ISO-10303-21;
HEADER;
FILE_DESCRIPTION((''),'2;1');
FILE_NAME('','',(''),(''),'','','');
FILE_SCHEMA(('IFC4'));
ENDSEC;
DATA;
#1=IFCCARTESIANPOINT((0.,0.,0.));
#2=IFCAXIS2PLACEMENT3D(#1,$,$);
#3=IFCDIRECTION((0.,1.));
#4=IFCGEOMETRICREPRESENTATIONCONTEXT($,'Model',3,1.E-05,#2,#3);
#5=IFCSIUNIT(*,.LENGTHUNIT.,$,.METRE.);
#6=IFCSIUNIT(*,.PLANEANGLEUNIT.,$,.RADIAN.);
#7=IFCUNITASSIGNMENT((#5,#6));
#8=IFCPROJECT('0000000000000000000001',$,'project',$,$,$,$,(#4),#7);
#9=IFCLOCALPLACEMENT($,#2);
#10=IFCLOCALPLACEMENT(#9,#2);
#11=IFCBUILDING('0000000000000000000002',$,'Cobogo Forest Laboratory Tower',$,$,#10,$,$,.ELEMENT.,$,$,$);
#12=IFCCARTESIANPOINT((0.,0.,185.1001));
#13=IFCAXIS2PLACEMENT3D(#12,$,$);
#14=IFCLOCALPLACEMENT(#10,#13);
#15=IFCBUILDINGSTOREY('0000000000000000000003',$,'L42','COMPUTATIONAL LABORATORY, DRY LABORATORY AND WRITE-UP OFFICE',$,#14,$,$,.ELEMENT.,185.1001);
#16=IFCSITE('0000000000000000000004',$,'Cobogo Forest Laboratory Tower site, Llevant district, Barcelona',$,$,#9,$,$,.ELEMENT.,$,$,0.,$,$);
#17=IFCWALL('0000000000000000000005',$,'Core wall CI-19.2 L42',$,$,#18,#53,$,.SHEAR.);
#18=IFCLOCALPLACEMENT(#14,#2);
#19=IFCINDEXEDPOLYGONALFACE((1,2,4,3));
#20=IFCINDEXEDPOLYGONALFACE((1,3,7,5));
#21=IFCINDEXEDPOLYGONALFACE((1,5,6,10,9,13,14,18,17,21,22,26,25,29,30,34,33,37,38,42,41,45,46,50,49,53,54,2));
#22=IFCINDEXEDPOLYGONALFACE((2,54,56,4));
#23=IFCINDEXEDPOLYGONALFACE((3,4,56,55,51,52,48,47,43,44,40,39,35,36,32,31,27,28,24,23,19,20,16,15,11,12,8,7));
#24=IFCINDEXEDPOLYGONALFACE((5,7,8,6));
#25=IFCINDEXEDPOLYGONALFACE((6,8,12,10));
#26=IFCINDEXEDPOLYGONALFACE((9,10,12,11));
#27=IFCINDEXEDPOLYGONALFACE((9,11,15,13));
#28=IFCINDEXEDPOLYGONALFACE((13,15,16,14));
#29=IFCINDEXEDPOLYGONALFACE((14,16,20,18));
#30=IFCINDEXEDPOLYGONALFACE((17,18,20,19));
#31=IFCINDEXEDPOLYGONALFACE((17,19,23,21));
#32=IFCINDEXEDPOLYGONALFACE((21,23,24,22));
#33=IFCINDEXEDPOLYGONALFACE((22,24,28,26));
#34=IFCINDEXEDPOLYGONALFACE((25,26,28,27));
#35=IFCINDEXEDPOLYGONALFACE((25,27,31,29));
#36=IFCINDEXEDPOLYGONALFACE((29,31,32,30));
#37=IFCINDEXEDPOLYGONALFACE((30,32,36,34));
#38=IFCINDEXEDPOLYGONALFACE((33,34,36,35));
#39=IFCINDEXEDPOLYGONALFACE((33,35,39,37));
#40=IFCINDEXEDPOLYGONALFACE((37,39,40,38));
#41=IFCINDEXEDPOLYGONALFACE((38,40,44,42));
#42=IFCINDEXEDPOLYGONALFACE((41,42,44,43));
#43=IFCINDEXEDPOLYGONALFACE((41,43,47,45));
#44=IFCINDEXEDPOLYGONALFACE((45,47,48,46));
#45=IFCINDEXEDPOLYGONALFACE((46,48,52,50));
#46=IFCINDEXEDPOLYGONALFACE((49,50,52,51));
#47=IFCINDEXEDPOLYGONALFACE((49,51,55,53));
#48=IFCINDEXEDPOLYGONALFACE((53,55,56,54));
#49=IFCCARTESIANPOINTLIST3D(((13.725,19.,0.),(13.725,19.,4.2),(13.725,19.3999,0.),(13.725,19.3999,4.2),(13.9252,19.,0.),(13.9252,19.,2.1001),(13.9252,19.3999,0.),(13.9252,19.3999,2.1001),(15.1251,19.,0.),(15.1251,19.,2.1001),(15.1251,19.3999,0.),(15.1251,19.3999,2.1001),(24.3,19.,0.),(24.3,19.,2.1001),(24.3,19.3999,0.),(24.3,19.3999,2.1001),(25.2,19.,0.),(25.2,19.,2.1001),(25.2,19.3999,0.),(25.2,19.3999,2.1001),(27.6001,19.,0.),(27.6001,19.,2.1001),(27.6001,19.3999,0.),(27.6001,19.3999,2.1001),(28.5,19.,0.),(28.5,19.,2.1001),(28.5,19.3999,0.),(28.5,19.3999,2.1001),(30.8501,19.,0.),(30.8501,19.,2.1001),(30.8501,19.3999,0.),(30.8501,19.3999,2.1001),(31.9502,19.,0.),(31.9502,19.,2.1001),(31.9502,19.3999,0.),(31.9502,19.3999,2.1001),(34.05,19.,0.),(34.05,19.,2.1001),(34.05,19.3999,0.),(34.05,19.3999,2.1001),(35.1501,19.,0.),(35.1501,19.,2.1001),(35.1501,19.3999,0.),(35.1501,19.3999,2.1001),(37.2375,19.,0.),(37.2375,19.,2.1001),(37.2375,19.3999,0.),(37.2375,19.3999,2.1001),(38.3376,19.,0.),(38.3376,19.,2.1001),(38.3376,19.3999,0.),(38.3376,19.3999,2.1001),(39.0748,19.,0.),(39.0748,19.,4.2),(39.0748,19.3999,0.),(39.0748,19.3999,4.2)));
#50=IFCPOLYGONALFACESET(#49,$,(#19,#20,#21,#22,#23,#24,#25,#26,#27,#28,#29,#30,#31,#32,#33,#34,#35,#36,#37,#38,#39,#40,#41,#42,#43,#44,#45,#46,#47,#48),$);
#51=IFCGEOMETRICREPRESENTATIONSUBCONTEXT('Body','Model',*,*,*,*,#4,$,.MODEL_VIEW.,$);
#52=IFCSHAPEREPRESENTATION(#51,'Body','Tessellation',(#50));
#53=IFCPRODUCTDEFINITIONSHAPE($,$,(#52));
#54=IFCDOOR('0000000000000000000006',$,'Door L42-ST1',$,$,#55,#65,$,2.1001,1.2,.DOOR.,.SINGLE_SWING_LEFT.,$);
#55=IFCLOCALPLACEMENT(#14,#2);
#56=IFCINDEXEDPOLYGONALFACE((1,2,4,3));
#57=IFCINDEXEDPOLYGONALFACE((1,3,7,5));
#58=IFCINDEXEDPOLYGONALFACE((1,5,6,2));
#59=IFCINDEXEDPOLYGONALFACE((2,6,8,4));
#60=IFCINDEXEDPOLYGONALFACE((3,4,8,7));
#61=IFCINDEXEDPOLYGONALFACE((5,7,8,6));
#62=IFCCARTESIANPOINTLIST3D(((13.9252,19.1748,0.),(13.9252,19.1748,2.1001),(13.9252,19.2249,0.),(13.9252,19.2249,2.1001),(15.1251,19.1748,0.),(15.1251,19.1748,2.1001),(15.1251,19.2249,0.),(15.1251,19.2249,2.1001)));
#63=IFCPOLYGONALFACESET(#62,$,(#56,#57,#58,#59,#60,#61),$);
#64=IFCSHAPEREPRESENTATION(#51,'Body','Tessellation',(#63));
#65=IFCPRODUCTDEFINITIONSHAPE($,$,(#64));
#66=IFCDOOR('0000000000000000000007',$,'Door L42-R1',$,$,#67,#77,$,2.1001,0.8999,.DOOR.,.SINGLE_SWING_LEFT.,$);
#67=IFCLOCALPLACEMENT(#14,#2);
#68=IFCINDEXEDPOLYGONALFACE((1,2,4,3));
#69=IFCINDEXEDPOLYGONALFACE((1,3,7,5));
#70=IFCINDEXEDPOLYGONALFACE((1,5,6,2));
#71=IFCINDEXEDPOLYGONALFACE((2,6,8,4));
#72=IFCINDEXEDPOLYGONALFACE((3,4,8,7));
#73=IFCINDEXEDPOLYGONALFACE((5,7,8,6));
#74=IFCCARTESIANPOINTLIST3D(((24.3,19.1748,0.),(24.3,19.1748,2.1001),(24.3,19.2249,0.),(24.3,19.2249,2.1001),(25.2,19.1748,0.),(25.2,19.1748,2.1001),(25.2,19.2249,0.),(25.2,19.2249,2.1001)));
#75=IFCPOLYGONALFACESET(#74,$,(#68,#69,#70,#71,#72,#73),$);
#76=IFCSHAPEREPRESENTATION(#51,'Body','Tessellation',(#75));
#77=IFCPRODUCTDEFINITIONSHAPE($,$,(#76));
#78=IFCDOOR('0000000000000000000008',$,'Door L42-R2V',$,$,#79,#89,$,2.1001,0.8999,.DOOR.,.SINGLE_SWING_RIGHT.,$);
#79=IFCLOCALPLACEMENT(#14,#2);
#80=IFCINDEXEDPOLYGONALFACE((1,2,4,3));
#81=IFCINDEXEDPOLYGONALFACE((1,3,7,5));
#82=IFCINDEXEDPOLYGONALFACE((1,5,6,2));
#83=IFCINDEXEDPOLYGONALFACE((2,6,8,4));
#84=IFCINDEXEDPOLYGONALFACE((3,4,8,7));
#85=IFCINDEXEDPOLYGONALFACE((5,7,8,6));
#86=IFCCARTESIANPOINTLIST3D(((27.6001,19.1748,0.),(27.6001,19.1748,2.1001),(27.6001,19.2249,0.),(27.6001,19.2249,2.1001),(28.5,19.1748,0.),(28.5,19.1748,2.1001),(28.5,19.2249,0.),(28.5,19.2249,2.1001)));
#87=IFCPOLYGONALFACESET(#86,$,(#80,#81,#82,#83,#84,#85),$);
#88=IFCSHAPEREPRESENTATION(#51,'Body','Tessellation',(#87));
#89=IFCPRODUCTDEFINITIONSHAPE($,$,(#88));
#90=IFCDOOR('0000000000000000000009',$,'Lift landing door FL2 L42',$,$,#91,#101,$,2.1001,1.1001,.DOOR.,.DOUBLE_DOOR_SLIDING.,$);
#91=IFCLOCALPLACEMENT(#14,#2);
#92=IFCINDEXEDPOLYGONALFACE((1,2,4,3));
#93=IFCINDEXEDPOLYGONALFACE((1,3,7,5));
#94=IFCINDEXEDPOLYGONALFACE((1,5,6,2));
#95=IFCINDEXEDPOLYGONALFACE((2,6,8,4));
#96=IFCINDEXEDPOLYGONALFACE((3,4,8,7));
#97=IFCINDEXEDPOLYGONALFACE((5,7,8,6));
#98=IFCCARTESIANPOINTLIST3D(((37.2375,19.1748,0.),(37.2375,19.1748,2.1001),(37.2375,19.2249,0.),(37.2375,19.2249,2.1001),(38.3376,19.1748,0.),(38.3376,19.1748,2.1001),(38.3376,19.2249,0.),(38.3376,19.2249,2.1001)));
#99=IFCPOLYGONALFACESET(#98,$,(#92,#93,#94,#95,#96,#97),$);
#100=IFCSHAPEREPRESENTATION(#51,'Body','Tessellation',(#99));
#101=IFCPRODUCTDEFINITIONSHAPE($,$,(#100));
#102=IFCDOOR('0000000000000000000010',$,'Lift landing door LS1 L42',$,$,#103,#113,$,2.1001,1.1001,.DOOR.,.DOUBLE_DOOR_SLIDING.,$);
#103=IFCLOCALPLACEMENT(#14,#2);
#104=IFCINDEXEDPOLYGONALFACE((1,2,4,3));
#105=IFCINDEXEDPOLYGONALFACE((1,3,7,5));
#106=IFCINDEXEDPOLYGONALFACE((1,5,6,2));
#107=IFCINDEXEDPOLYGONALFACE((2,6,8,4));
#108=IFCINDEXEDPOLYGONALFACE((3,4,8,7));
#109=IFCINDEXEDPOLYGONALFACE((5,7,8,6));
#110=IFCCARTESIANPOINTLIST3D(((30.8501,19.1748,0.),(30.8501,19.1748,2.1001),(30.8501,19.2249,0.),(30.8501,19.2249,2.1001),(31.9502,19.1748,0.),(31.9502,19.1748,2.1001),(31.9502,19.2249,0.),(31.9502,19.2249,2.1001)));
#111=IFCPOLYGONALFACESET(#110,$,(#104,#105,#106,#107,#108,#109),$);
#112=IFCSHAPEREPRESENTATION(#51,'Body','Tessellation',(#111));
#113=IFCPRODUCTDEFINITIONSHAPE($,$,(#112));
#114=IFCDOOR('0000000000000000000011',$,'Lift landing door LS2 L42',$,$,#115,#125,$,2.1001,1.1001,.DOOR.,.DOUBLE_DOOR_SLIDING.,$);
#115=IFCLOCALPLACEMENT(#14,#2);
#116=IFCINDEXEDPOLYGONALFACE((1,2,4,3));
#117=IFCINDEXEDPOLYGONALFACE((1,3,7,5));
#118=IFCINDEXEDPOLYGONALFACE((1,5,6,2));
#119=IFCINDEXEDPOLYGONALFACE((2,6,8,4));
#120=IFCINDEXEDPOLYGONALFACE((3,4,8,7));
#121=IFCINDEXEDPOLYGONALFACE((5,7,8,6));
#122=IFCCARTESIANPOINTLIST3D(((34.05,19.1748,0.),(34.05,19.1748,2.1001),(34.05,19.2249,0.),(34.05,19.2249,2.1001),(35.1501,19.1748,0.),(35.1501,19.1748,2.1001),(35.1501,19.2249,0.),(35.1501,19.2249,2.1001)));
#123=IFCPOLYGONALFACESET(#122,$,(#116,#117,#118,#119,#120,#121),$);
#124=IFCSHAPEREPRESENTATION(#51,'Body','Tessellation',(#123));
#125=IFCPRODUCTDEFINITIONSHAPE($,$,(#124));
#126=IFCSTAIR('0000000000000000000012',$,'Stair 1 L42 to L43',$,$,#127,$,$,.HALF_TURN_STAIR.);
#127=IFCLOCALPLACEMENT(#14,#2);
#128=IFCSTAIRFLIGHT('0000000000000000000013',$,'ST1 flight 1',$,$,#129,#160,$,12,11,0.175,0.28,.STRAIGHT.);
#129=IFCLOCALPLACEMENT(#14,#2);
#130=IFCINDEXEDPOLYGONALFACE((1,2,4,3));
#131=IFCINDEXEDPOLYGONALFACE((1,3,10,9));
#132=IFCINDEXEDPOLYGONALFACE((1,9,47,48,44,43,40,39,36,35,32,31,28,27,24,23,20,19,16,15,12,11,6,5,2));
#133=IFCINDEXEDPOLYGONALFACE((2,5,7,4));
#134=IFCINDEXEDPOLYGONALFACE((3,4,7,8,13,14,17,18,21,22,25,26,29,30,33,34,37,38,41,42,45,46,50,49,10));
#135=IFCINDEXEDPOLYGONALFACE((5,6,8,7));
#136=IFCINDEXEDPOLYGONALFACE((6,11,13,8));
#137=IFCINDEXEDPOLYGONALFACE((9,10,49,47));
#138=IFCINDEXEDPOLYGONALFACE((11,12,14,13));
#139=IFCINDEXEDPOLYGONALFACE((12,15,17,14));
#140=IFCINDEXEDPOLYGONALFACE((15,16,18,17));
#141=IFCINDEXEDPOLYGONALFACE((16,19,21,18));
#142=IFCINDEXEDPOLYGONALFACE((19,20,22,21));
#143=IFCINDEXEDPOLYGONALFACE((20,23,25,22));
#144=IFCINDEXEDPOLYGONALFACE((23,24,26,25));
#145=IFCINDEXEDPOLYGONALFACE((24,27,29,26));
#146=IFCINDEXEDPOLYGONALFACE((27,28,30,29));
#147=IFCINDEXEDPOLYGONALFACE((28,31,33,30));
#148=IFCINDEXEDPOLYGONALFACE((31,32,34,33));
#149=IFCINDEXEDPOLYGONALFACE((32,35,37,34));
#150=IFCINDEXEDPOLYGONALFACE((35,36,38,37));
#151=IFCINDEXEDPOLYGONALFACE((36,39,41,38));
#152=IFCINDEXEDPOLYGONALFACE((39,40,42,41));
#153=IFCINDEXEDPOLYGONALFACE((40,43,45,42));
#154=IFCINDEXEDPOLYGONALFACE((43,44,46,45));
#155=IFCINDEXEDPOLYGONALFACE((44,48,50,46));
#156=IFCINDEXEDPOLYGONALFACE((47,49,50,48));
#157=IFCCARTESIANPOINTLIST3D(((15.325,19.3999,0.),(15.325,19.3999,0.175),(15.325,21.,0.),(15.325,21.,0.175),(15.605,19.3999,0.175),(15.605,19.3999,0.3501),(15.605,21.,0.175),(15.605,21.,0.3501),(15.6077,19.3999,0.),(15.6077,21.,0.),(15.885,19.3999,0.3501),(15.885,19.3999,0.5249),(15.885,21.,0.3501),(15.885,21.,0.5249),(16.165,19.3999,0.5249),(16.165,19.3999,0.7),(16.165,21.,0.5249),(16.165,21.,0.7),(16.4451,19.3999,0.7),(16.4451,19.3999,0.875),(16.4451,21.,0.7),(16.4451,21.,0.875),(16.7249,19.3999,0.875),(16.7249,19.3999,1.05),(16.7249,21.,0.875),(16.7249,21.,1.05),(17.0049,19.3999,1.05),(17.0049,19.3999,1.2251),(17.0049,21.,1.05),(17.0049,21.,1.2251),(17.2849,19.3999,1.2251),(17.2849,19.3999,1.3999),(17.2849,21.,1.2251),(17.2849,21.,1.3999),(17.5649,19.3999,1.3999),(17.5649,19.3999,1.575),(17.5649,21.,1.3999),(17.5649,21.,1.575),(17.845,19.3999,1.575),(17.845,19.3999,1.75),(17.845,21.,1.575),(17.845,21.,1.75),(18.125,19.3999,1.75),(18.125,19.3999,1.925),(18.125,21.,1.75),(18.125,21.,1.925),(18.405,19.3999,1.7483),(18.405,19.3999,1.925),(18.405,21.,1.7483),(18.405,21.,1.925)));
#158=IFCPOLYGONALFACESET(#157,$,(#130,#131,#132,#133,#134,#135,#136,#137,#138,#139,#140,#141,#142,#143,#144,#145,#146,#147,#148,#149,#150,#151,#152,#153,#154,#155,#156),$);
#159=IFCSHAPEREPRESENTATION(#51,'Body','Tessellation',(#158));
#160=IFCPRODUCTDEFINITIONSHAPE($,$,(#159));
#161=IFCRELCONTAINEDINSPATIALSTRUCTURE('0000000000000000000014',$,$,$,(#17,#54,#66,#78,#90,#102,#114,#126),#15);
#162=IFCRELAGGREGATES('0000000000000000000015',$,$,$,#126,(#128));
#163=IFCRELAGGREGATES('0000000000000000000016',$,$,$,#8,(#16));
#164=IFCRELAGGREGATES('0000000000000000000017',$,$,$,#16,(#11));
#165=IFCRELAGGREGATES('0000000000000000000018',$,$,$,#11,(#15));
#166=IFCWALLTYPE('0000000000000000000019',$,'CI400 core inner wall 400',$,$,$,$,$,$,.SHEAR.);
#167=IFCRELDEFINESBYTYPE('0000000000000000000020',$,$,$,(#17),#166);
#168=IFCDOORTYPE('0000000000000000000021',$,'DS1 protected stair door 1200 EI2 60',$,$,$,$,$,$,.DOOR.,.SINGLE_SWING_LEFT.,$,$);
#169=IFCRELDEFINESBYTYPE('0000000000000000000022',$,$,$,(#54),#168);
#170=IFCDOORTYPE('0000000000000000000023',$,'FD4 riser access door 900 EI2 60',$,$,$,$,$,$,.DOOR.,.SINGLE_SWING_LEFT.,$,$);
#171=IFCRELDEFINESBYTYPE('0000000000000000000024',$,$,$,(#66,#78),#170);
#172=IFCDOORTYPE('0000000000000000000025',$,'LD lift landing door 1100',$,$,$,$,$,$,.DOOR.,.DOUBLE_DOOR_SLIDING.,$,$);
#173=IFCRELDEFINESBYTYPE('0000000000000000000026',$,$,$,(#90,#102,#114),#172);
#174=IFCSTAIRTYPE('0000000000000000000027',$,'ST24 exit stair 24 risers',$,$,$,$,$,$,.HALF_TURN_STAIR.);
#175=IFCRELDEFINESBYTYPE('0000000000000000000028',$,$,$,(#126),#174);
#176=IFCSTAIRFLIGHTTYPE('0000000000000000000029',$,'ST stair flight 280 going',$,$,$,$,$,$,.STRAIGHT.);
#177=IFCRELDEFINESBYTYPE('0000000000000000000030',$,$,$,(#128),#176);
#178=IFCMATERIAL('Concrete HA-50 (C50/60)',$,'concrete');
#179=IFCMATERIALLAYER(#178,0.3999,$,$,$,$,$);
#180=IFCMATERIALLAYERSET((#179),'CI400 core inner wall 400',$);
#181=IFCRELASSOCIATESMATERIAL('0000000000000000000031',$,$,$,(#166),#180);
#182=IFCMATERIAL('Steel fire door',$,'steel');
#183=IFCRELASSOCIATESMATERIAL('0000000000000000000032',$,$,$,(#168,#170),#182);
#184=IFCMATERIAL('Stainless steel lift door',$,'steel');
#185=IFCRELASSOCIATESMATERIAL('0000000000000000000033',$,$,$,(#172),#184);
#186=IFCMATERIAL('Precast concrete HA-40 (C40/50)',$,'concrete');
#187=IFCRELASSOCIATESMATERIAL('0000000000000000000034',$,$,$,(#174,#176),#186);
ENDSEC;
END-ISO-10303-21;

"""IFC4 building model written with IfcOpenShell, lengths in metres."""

from ifc_helpers import new_model, si_unit, direction, frame, frame_2d, origin, place, context, subcontext, project, spatial, polyline, rectangle, outline, extrude, material, layer, layer_set, type_object, element, fill, aggregate, save


model = new_model("IFC4")

# Units and contexts
model_context = context("Model", 3, precision=1e-05, world=origin(), true_north=direction((0.0, 1.0)))
body_context = subcontext(model_context, "Body", "Model", "MODEL_VIEW")
ifc_project = project(units=[si_unit("LENGTHUNIT", "METRE"), si_unit("PLANEANGLEUNIT", "RADIAN")], contexts=[model_context])

# Site, building, storey
site_placement = place(None, origin())
site = spatial("IfcSite", under=ifc_project, at=site_placement, Name="Cobogo Forest Laboratory Tower site, Llevant district, Barcelona", CompositionType="ELEMENT", RefElevation=0.0)
building_placement = place(site_placement, origin())
building = spatial("IfcBuilding", under=site, at=building_placement, Name="Cobogo Forest Laboratory Tower", CompositionType="ELEMENT")
storey_placement = place(building_placement, frame((0.0, 0.0, 185.1001)))
storey = spatial("IfcBuildingStorey", under=building, at=storey_placement, Name="L42", Description="COMPUTATIONAL LABORATORY, DRY LABORATORY AND WRITE-UP OFFICE", CompositionType="ELEMENT", Elevation=185.1001)

# Wall, openings, doors
ifc_material_1 = material(Name="Concrete HA-50 (C50/60)", Category="concrete")
ifc_layer = layer(ifc_material_1, 0.3999)
ifc_layer_set = layer_set([ifc_layer], Name="CI400 core inner wall 400")
wall_type = type_object("IfcWallType", Name="CI400 core inner wall 400", PredefinedType="SHEAR", material=ifc_layer_set)
ifc_material_2 = material(Name="Steel fire door", Category="steel")
wall_1_placement = place(storey_placement, frame((13.7251, 19.2, 0.0), z_axis=(0.0, 0.0, 1.0), x_axis=(1.0, 0.0, 0.0)))
wall_1 = element("IfcWall", 1, at=wall_1_placement, inside=storey, type_object=wall_type, Name="Core wall CI-19.2 L42", PredefinedType="SHEAR", context=body_context, shape_type="SweptSolid", body=[
    extrude(rectangle(XDim=25.3499, YDim=0.3999, at=frame_2d((12.6748, 0.0))), origin(), (0.0, 0.0, 1.0), 4.2),
])
opening_1_placement = place(wall_1_placement, frame((10.575, 0.0, 0.0)))
opening_1 = element("IfcOpeningElement", 2, at=opening_1_placement, cuts=wall_1, PredefinedType="OPENING", context=body_context, shape_type="SweptSolid", body=[
    extrude(rectangle(XDim=0.8999, YDim=2.1001, at=frame_2d((0.45, 1.05))), frame((0.0, 0.21, 0.0), z_axis=(0.0, -1.0, 0.0), x_axis=(1.0, 0.0, 0.0)), (0.0, 0.0, 1.0), 0.4199),
])
opening_2_placement = place(wall_1_placement, frame((13.875, 0.0, 0.0)))
opening_2 = element("IfcOpeningElement", 3, at=opening_2_placement, cuts=wall_1, PredefinedType="OPENING", context=body_context, shape_type="SweptSolid", body=[
    extrude(rectangle(XDim=0.8999, YDim=2.1001, at=frame_2d((0.45, 1.05))), frame((0.0, 0.21, 0.0), z_axis=(0.0, -1.0, 0.0), x_axis=(1.0, 0.0, 0.0)), (0.0, 0.0, 1.0), 0.4199),
])
opening_3_placement = place(wall_1_placement, frame((0.2, 0.0, 0.0)))
opening_3 = element("IfcOpeningElement", 4, at=opening_3_placement, cuts=wall_1, PredefinedType="OPENING", context=body_context, shape_type="SweptSolid", body=[
    extrude(rectangle(XDim=1.2, YDim=2.1001, at=frame_2d((0.6001, 1.05))), frame((0.0, 0.21, 0.0), z_axis=(0.0, -1.0, 0.0), x_axis=(1.0, 0.0, 0.0)), (0.0, 0.0, 1.0), 0.4199),
])
opening_4_placement = place(wall_1_placement, frame((23.5125, 0.0, 0.0)))
opening_4 = element("IfcOpeningElement", 5, at=opening_4_placement, cuts=wall_1, PredefinedType="OPENING", context=body_context, shape_type="SweptSolid", body=[
    extrude(rectangle(XDim=1.1001, YDim=2.1001, at=frame_2d((0.55, 1.05))), frame((0.0, 0.21, 0.0), z_axis=(0.0, -1.0, 0.0), x_axis=(1.0, 0.0, 0.0)), (0.0, 0.0, 1.0), 0.4199),
])
opening_5_placement = place(wall_1_placement, frame((17.125, 0.0, 0.0)))
opening_5 = element("IfcOpeningElement", 6, at=opening_5_placement, cuts=wall_1, PredefinedType="OPENING", context=body_context, shape_type="SweptSolid", body=[
    extrude(rectangle(XDim=1.1001, YDim=2.1001, at=frame_2d((0.55, 1.05))), frame((0.0, 0.21, 0.0), z_axis=(0.0, -1.0, 0.0), x_axis=(1.0, 0.0, 0.0)), (0.0, 0.0, 1.0), 0.4199),
])
opening_6_placement = place(wall_1_placement, frame((20.325, 0.0, 0.0)))
opening_6 = element("IfcOpeningElement", 7, at=opening_6_placement, cuts=wall_1, PredefinedType="OPENING", context=body_context, shape_type="SweptSolid", body=[
    extrude(rectangle(XDim=1.1001, YDim=2.1001, at=frame_2d((0.55, 1.05))), frame((0.0, 0.21, 0.0), z_axis=(0.0, -1.0, 0.0), x_axis=(1.0, 0.0, 0.0)), (0.0, 0.0, 1.0), 0.4199),
])
door_type_1 = type_object("IfcDoorType", Name="DS1 protected stair door 1200 EI2 60", OperationType="SINGLE_SWING_LEFT", PredefinedType="DOOR", material=ifc_material_2)
door_1_placement = place(opening_3_placement, origin())
door_1 = element("IfcDoor", 8, at=door_1_placement, inside=storey, type_object=door_type_1, Name="Door L42-ST1", OperationType="SINGLE_SWING_LEFT", OverallHeight=2.1001, OverallWidth=1.2, PredefinedType="DOOR", context=body_context, shape_type="SweptSolid", body=[
    extrude(rectangle(XDim=1.2, YDim=2.1001, at=frame_2d((0.6001, 1.05))), frame((0.0, 0.0249, 0.0), z_axis=(0.0, -1.0, 0.0), x_axis=(1.0, 0.0, 0.0)), (0.0, 0.0, 1.0), 0.05),
])
fill(opening_3, door_1)
door_type_2 = type_object("IfcDoorType", Name="FD4 riser access door 900 EI2 60", OperationType="SINGLE_SWING_LEFT", PredefinedType="DOOR", material=ifc_material_2)
door_2_placement = place(opening_1_placement, origin())
door_2 = element("IfcDoor", 9, at=door_2_placement, inside=storey, type_object=door_type_2, Name="Door L42-R1", OperationType="SINGLE_SWING_LEFT", OverallHeight=2.1001, OverallWidth=0.8999, PredefinedType="DOOR", context=body_context, shape_type="SweptSolid", body=[
    extrude(rectangle(XDim=0.8999, YDim=2.1001, at=frame_2d((0.45, 1.05))), frame((0.0, 0.0249, 0.0), z_axis=(0.0, -1.0, 0.0), x_axis=(1.0, 0.0, 0.0)), (0.0, 0.0, 1.0), 0.05),
])
fill(opening_1, door_2)
door_3_placement = place(opening_2_placement, origin())
door_3 = element("IfcDoor", 10, at=door_3_placement, inside=storey, type_object=door_type_2, Name="Door L42-R2V", OperationType="SINGLE_SWING_RIGHT", OverallHeight=2.1001, OverallWidth=0.8999, PredefinedType="DOOR", context=body_context, shape_type="SweptSolid", body=[
    extrude(rectangle(XDim=0.8999, YDim=2.1001, at=frame_2d((0.45, 1.05))), frame((0.0, 0.0249, 0.0), z_axis=(0.0, -1.0, 0.0), x_axis=(1.0, 0.0, 0.0)), (0.0, 0.0, 1.0), 0.05),
])
fill(opening_2, door_3)
ifc_material_3 = material(Name="Stainless steel lift door", Category="steel")
door_type_3 = type_object("IfcDoorType", Name="LD lift landing door 1100", OperationType="DOUBLE_DOOR_SLIDING", PredefinedType="DOOR", material=ifc_material_3)
door_4_placement = place(opening_4_placement, origin())
door_4 = element("IfcDoor", 11, at=door_4_placement, inside=storey, type_object=door_type_3, Name="Lift landing door FL2 L42", OperationType="DOUBLE_DOOR_SLIDING", OverallHeight=2.1001, OverallWidth=1.1001, PredefinedType="DOOR", context=body_context, shape_type="SweptSolid", body=[
    extrude(rectangle(XDim=1.1001, YDim=2.1001, at=frame_2d((0.55, 1.05))), frame((0.0, 0.0249, 0.0), z_axis=(0.0, -1.0, 0.0), x_axis=(1.0, 0.0, 0.0)), (0.0, 0.0, 1.0), 0.05),
])
fill(opening_4, door_4)
door_5_placement = place(opening_5_placement, origin())
door_5 = element("IfcDoor", 12, at=door_5_placement, inside=storey, type_object=door_type_3, Name="Lift landing door LS1 L42", OperationType="DOUBLE_DOOR_SLIDING", OverallHeight=2.1001, OverallWidth=1.1001, PredefinedType="DOOR", context=body_context, shape_type="SweptSolid", body=[
    extrude(rectangle(XDim=1.1001, YDim=2.1001, at=frame_2d((0.55, 1.05))), frame((0.0, 0.0249, 0.0), z_axis=(0.0, -1.0, 0.0), x_axis=(1.0, 0.0, 0.0)), (0.0, 0.0, 1.0), 0.05),
])
fill(opening_5, door_5)
door_6_placement = place(opening_6_placement, origin())
door_6 = element("IfcDoor", 13, at=door_6_placement, inside=storey, type_object=door_type_3, Name="Lift landing door LS2 L42", OperationType="DOUBLE_DOOR_SLIDING", OverallHeight=2.1001, OverallWidth=1.1001, PredefinedType="DOOR", context=body_context, shape_type="SweptSolid", body=[
    extrude(rectangle(XDim=1.1001, YDim=2.1001, at=frame_2d((0.55, 1.05))), frame((0.0, 0.0249, 0.0), z_axis=(0.0, -1.0, 0.0), x_axis=(1.0, 0.0, 0.0)), (0.0, 0.0, 1.0), 0.05),
])
fill(opening_6, door_6)

# Stair, stair flight
ifc_material_4 = material(Name="Precast concrete HA-40 (C40/50)", Category="concrete")
stair_type = type_object("IfcStairType", Name="ST24 exit stair 24 risers", PredefinedType="HALF_TURN_STAIR", material=ifc_material_4)
stair_placement = place(storey_placement, origin())
stair = element("IfcStair", 14, at=stair_placement, inside=storey, type_object=stair_type, Name="Stair 1 L42 to L43", PredefinedType="HALF_TURN_STAIR")
stair_flight_type = type_object("IfcStairFlightType", Name="ST stair flight 280 going", PredefinedType="STRAIGHT", material=ifc_material_4)
stair_flight_placement = place(storey_placement, frame((15.325, 20.2, 0.0), z_axis=(0.0, 0.0, 1.0), x_axis=(1.0, 0.0, 0.0)))
stair_flight = element("IfcStairFlight", 15, at=stair_flight_placement, type_object=stair_flight_type, Name="ST1 flight 1", NumberOfRisers=12, NumberOfTreads=11, PredefinedType="STRAIGHT", RiserHeight=0.175, TreadLength=0.28, context=body_context, shape_type="SweptSolid", body=[
    extrude(outline(polyline([(0.0, 0.0), (0.0, 0.175), (0.28, 0.175), (0.28, 0.3501), (0.5601, 0.3501), (0.5601, 0.5249), (0.8401, 0.5249), (0.8401, 0.7), (1.1201, 0.7), (1.1201, 0.875), (1.3999, 0.875), (1.3999, 1.05), (1.6799, 1.05), (1.6799, 1.2251), (1.96, 1.2251), (1.96, 1.3999), (2.24, 1.3999), (2.24, 1.575), (2.52, 1.575), (2.52, 1.75), (2.8, 1.75), (2.8, 1.925), (3.0801, 1.925), (3.0801, 2.1001), (3.0801, 1.7483), (0.2827, 0.0), (0.0, 0.0)])), frame((0.0, 0.8, 0.0), z_axis=(0.0, -1.0, 0.0), x_axis=(1.0, 0.0, 0.0)), (0.0, 0.0, 1.0), 1.6001),
])
aggregate(stair, [stair_flight])

save(model, "model.ifc")
